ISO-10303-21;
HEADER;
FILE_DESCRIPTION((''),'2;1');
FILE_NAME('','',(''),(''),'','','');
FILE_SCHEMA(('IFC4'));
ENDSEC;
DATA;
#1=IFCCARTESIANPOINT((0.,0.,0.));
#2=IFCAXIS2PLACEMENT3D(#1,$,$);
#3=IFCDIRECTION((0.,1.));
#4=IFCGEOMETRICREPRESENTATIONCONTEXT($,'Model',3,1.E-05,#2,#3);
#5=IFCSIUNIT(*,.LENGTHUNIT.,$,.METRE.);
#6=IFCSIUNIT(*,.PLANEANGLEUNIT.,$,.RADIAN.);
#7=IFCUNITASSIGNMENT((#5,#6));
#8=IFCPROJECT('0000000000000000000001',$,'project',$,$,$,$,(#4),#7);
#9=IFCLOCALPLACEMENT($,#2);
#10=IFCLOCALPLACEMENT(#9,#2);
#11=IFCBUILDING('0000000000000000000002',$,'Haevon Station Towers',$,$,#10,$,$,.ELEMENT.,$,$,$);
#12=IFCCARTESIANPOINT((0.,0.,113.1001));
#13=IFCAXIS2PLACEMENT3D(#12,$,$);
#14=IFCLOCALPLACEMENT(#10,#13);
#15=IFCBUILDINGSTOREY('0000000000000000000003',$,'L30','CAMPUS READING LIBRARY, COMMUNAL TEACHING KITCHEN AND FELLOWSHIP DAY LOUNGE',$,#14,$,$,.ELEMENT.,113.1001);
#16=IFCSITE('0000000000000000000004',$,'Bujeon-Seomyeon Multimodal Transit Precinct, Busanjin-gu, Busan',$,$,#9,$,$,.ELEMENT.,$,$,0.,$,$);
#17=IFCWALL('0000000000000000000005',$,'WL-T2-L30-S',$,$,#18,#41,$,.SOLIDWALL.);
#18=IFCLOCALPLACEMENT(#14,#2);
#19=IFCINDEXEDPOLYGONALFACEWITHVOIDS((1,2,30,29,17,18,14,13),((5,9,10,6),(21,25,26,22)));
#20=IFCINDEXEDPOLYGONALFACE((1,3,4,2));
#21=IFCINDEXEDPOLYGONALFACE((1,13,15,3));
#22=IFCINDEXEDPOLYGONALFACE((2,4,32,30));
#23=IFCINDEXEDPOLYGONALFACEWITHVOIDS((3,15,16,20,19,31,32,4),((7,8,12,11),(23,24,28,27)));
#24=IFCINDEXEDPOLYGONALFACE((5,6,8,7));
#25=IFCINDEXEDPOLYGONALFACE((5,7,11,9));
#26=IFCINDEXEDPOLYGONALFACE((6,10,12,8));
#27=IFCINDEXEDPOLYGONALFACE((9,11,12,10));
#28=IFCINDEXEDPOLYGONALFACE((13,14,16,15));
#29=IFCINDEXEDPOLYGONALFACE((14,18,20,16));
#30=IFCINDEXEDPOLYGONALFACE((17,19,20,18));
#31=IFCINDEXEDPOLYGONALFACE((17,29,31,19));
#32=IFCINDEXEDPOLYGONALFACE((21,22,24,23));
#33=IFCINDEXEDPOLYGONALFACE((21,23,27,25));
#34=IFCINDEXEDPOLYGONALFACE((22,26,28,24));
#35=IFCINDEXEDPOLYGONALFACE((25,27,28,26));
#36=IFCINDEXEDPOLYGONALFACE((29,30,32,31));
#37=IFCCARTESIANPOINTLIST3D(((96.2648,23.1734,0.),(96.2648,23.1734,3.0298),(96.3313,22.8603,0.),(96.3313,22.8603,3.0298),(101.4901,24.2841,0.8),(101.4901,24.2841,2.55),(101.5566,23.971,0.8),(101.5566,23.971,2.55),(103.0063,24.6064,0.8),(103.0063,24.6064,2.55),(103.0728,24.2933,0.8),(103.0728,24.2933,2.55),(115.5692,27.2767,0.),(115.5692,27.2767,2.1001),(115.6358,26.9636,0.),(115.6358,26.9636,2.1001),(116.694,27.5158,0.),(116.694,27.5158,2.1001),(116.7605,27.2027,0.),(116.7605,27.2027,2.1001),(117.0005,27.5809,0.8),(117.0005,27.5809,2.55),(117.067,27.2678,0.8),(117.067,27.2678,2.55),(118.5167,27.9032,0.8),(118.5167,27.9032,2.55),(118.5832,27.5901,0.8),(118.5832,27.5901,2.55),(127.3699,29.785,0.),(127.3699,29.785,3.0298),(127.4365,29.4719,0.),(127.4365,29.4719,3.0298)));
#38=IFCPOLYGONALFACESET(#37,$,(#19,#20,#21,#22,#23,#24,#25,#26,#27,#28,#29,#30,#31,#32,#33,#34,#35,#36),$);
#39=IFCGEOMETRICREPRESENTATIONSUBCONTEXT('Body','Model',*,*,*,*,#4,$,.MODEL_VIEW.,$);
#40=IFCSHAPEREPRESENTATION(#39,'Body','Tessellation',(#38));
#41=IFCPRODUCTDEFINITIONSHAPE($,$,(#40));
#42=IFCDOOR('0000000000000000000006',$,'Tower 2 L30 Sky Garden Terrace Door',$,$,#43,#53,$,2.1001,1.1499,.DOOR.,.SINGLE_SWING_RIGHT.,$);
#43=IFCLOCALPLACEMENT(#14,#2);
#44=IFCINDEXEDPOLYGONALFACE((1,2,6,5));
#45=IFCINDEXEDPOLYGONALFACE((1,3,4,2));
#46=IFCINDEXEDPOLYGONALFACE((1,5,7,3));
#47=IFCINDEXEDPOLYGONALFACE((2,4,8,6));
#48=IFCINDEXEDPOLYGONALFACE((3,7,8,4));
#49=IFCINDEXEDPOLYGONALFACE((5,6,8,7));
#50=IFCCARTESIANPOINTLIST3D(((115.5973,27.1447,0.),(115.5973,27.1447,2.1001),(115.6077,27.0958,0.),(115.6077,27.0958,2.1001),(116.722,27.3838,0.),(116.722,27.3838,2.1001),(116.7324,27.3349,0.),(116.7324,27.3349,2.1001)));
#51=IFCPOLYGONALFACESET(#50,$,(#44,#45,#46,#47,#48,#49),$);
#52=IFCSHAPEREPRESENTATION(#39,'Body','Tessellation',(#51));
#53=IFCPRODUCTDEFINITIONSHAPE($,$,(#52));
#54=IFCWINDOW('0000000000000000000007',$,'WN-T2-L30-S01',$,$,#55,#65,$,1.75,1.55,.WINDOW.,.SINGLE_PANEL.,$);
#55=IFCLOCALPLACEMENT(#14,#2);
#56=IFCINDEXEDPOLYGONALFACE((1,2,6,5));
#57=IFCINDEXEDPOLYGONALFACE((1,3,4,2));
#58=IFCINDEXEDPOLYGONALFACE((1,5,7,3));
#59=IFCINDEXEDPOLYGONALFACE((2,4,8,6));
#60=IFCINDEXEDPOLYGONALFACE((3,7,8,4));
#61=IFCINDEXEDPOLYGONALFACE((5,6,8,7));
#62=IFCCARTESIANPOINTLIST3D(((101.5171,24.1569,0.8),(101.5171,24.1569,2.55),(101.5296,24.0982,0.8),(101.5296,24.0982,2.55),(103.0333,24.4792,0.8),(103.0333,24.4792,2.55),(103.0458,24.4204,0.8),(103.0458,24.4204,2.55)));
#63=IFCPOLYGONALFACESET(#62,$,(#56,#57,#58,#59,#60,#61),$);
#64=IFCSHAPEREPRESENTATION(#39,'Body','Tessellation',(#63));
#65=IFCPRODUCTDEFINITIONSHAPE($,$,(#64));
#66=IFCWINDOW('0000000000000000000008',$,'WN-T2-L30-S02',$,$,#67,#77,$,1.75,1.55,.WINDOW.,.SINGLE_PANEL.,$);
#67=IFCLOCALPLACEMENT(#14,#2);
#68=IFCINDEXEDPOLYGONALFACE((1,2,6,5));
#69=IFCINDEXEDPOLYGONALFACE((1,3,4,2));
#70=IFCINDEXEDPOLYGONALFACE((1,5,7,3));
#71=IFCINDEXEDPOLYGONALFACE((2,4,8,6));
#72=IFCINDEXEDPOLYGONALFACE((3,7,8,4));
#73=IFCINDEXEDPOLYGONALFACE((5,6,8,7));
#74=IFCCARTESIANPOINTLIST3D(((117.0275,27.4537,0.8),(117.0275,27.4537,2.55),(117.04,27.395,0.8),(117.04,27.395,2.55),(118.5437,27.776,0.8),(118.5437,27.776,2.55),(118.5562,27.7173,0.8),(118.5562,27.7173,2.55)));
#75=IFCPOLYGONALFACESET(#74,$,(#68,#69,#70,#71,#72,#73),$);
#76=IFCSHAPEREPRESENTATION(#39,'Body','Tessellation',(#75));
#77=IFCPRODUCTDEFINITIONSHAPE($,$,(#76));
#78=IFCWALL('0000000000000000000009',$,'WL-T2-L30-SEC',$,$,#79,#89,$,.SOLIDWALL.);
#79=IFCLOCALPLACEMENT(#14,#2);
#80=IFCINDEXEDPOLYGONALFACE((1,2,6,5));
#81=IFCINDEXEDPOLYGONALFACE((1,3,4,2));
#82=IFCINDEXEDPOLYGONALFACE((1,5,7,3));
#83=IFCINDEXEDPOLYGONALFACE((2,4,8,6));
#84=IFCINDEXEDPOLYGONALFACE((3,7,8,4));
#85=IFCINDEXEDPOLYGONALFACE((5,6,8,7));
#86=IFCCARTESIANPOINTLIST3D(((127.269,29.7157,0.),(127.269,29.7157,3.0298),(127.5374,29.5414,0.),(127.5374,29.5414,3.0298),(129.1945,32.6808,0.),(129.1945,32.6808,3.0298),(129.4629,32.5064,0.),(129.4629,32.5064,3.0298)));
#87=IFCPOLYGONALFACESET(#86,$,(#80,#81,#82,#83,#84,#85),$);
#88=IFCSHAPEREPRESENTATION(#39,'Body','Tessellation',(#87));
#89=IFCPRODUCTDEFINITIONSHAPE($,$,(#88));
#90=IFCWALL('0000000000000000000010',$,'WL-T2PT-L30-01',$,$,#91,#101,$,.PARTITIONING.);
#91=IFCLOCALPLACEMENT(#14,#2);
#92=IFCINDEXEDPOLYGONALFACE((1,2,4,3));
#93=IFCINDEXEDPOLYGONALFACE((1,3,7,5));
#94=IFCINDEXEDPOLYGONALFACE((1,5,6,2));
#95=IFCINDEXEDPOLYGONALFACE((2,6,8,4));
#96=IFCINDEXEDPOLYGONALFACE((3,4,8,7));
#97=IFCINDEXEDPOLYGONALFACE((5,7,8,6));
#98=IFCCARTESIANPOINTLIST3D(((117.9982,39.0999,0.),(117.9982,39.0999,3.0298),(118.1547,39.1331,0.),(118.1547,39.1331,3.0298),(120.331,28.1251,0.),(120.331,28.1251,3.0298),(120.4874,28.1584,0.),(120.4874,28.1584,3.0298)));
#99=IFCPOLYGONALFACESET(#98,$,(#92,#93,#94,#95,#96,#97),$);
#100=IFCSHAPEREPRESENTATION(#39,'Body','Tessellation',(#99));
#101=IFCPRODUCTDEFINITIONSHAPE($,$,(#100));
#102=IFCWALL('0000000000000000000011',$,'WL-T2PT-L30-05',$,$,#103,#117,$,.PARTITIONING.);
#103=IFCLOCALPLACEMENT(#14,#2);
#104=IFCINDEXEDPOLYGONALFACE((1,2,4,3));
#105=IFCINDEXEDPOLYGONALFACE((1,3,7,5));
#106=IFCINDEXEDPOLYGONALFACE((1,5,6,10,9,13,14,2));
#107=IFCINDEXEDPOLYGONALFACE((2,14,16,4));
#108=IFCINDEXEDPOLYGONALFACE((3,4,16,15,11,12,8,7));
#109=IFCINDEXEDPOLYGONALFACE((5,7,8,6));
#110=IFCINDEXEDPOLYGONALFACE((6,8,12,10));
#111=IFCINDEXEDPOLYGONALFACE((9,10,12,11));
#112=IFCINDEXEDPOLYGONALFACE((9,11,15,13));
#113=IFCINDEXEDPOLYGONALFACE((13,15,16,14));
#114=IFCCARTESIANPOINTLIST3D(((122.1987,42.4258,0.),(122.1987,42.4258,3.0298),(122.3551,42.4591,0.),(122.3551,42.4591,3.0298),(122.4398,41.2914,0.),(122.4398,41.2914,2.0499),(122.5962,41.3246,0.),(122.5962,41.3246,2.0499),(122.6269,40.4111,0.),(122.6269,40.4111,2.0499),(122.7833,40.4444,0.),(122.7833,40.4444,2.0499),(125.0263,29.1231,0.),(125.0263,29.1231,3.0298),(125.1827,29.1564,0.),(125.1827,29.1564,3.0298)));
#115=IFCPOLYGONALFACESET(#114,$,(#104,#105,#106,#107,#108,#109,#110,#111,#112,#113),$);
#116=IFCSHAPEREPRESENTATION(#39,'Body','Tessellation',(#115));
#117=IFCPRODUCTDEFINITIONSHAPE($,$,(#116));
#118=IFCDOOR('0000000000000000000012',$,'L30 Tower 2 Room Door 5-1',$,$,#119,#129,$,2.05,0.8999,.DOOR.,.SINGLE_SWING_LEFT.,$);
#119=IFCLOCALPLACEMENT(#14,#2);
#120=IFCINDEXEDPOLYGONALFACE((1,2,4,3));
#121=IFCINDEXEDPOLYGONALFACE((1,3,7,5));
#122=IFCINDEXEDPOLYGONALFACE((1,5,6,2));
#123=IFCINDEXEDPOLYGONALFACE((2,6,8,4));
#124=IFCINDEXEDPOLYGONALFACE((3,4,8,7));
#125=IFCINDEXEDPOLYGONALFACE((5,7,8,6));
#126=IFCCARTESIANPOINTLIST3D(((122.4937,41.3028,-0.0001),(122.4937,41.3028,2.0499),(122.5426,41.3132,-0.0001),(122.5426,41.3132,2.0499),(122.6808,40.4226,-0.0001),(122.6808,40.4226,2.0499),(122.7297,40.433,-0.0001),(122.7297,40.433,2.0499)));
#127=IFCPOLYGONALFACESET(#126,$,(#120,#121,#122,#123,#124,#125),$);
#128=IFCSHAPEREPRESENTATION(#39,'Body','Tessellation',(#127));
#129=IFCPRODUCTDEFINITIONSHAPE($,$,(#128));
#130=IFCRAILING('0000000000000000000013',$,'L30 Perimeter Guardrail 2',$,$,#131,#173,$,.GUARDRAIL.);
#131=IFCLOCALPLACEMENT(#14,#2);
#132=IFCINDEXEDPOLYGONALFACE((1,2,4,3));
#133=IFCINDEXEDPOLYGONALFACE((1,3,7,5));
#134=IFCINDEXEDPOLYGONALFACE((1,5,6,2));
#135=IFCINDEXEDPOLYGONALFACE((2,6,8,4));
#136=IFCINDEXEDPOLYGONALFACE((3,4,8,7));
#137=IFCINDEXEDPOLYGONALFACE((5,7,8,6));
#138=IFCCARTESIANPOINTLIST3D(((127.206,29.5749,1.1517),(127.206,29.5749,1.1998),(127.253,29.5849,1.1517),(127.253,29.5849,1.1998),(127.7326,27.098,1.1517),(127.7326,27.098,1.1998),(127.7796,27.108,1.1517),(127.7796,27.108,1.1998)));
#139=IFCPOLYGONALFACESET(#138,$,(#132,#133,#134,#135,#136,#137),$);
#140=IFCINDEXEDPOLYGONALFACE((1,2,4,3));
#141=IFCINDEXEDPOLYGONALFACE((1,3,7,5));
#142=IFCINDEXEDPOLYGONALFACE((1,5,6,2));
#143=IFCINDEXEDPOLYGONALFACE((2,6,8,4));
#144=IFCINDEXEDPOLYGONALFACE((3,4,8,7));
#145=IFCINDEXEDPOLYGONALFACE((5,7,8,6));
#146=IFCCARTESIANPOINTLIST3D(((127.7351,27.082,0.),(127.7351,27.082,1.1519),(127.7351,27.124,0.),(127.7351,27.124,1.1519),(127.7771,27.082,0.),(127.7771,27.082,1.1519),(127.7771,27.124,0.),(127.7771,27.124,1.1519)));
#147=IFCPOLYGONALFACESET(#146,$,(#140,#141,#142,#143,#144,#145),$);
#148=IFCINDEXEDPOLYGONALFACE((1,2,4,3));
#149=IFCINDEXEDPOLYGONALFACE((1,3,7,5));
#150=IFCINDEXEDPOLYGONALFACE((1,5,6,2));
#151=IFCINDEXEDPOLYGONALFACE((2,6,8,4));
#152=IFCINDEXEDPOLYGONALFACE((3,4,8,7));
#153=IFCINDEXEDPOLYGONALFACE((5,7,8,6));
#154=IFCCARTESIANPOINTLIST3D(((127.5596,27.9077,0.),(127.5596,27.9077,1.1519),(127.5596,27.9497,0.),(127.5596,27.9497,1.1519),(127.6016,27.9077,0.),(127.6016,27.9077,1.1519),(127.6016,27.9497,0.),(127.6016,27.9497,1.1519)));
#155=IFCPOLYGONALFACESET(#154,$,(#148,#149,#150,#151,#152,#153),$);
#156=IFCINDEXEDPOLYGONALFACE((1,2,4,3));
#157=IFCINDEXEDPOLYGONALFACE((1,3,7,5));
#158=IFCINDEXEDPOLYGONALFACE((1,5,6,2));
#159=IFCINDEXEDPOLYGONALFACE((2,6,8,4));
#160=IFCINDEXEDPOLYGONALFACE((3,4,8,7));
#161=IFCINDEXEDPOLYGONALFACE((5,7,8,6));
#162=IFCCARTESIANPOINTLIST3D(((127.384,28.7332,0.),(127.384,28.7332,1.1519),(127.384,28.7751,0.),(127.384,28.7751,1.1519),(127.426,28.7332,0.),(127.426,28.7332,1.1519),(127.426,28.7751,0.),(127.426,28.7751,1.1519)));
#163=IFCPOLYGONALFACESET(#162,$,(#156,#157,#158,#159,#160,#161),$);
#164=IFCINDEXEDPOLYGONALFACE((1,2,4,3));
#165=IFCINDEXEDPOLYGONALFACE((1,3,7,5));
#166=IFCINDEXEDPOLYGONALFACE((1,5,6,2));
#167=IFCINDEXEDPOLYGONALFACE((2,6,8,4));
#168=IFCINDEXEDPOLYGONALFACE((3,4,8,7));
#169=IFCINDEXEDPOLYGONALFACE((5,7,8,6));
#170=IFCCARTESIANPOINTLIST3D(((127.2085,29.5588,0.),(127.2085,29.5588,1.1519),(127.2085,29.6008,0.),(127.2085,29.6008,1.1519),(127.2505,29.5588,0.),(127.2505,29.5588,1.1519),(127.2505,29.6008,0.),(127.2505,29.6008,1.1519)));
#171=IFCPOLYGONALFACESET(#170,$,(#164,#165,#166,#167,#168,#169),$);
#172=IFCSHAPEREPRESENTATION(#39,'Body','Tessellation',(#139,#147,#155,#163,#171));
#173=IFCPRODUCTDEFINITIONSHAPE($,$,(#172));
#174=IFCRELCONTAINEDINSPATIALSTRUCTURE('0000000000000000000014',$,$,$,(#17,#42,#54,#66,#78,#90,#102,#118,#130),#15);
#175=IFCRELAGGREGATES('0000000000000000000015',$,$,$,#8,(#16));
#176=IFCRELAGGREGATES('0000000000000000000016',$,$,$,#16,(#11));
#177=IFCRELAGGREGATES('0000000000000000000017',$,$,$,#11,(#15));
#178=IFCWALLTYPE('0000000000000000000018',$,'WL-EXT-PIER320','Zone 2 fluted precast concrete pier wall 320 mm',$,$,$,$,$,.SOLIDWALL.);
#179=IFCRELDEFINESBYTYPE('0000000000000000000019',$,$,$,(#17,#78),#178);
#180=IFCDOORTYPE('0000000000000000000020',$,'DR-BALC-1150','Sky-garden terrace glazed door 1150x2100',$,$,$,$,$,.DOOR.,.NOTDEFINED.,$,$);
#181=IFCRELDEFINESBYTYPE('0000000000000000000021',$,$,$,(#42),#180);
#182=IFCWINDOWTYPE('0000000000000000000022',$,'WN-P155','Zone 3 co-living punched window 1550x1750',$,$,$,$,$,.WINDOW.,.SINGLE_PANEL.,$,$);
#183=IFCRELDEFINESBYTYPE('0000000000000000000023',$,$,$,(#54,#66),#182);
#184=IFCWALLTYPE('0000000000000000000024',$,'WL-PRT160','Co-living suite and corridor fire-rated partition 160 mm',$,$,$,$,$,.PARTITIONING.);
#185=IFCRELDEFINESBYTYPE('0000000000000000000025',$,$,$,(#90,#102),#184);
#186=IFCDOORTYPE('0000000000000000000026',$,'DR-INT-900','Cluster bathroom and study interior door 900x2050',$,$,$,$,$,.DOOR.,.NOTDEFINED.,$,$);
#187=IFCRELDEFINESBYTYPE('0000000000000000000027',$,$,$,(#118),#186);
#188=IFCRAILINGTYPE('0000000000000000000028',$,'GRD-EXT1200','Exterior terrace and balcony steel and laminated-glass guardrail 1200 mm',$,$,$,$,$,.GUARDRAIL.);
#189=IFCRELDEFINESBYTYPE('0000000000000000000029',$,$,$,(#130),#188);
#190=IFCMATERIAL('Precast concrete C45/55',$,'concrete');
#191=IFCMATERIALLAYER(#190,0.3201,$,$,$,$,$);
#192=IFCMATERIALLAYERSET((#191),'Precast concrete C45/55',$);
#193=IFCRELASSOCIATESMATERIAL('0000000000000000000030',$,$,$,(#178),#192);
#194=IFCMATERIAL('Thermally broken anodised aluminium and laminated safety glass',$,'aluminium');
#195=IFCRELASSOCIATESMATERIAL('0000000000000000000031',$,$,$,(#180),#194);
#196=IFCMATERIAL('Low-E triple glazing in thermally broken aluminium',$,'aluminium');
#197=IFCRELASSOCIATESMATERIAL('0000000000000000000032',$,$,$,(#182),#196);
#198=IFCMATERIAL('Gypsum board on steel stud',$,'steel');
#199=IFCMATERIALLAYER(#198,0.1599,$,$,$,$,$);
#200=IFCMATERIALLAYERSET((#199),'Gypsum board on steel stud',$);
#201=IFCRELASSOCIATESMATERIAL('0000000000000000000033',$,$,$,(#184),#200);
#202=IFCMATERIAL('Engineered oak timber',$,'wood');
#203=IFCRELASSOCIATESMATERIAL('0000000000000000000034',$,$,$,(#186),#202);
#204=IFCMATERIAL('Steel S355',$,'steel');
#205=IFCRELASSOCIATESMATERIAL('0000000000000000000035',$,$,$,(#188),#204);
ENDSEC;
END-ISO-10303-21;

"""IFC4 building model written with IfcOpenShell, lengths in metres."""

from ifc_helpers import new_model, si_unit, direction, frame, frame_2d, origin, origin_2d, place, context, subcontext, project, spatial, rectangle, extrude, material, layer, layer_set, type_object, element, fill, save


model = new_model("IFC4")

# Units and contexts
model_context = context("Model", 3, precision=1e-05, world=origin(), true_north=direction((0.0, 1.0)))
body_context = subcontext(model_context, "Body", "Model", "MODEL_VIEW")
ifc_project = project(units=[si_unit("LENGTHUNIT", "METRE"), si_unit("PLANEANGLEUNIT", "RADIAN")], contexts=[model_context])

# Site, building, storey
site_placement = place(None, origin())
site = spatial("IfcSite", under=ifc_project, at=site_placement, Name="Bujeon-Seomyeon Multimodal Transit Precinct, Busanjin-gu, Busan", CompositionType="ELEMENT", RefElevation=0.0)
building_placement = place(site_placement, origin())
building = spatial("IfcBuilding", under=site, at=building_placement, Name="Haevon Station Towers", CompositionType="ELEMENT")
storey_placement = place(building_placement, frame((0.0, 0.0, 113.1001)))
storey = spatial("IfcBuildingStorey", under=building, at=storey_placement, Name="L30", Description="CAMPUS READING LIBRARY, COMMUNAL TEACHING KITCHEN AND FELLOWSHIP DAY LOUNGE", CompositionType="ELEMENT", Elevation=113.1001)

# Shared definitions
ifc_material_1 = material(Name="Steel S355", Category="steel")

# Wall, openings, door, windows
ifc_material_2 = material(Name="Precast concrete C45/55", Category="concrete")
ifc_layer_1 = layer(ifc_material_2, 0.3201)
ifc_layer_set_1 = layer_set([ifc_layer_1], Name="Precast concrete C45/55")
wall_type_1 = type_object("IfcWallType", Name="WL-EXT-PIER320", Description="Zone 2 fluted precast concrete pier wall 320 mm", PredefinedType="SOLIDWALL", material=ifc_layer_set_1)
wall_1_placement = place(storey_placement, frame((127.4031, 29.6284, 0.0), z_axis=(0.0, 0.0, 1.0), x_axis=(-0.978148, -0.20791, 0.0)))
wall_1 = element("IfcWall", 1, at=wall_1_placement, inside=storey, type_object=wall_type_1, Name="WL-T2-L30-S", PredefinedType="SOLIDWALL", context=body_context, shape_type="SweptSolid", body=[
    extrude(rectangle(XDim=31.8, YDim=0.3201, at=frame_2d((15.8999, 0.0))), origin(), (0.0, 0.0, 1.0), 3.0298),
])
opening_1_placement = place(wall_1_placement, frame((10.9143, 0.0, 0.0)))
opening_1 = element("IfcOpeningElement", 2, at=opening_1_placement, cuts=wall_1, PredefinedType="OPENING", context=body_context, shape_type="SweptSolid", body=[
    extrude(rectangle(XDim=1.1499, YDim=2.1001, at=frame_2d((0.575, 1.05))), frame((0.0, 0.1699, 0.0), z_axis=(0.0, -1.0, 0.0), x_axis=(1.0, 0.0, 0.0)), (0.0, 0.0, 1.0), 0.3401),
])
opening_2_placement = place(wall_1_placement, frame((24.908, 0.0, 0.8)))
opening_2 = element("IfcOpeningElement", 3, at=opening_2_placement, cuts=wall_1, PredefinedType="OPENING", context=body_context, shape_type="SweptSolid", body=[
    extrude(rectangle(XDim=1.55, YDim=1.75, at=frame_2d((0.7749, 0.875))), frame((0.0, 0.1699, 0.0), z_axis=(0.0, -1.0, 0.0), x_axis=(1.0, 0.0, 0.0)), (0.0, 0.0, 1.0), 0.3401),
])
opening_3_placement = place(wall_1_placement, frame((9.051, 0.0, 0.8)))
opening_3 = element("IfcOpeningElement", 4, at=opening_3_placement, cuts=wall_1, PredefinedType="OPENING", context=body_context, shape_type="SweptSolid", body=[
    extrude(rectangle(XDim=1.55, YDim=1.75, at=frame_2d((0.7749, 0.875))), frame((0.0, 0.1699, 0.0), z_axis=(0.0, -1.0, 0.0), x_axis=(1.0, 0.0, 0.0)), (0.0, 0.0, 1.0), 0.3401),
])
ifc_material_3 = material(Name="Thermally broken anodised aluminium and laminated safety glass", Category="aluminium")
door_type_1 = type_object("IfcDoorType", Name="DR-BALC-1150", Description="Sky-garden terrace glazed door 1150x2100", OperationType="NOTDEFINED", PredefinedType="DOOR", material=ifc_material_3)
door_1_placement = place(opening_1_placement, origin())
door_1 = element("IfcDoor", 5, at=door_1_placement, inside=storey, type_object=door_type_1, Name="Tower 2 L30 Sky Garden Terrace Door", OperationType="SINGLE_SWING_RIGHT", OverallHeight=2.1001, OverallWidth=1.1499, PredefinedType="DOOR", context=body_context, shape_type="SweptSolid", body=[
    extrude(rectangle(XDim=1.1499, YDim=2.1001, at=frame_2d((0.575, 1.05))), frame((0.0, 0.0249, 0.0), z_axis=(0.0, -1.0, 0.0), x_axis=(1.0, 0.0, 0.0)), (0.0, 0.0, 1.0), 0.05),
])
fill(opening_1, door_1)
ifc_material_4 = material(Name="Low-E triple glazing in thermally broken aluminium", Category="aluminium")
window_type = type_object("IfcWindowType", Name="WN-P155", Description="Zone 3 co-living punched window 1550x1750", PartitioningType="SINGLE_PANEL", PredefinedType="WINDOW", material=ifc_material_4)
window_1_placement = place(opening_2_placement, origin())
window_1 = element("IfcWindow", 6, at=window_1_placement, inside=storey, type_object=window_type, Name="WN-T2-L30-S01", OverallHeight=1.75, OverallWidth=1.55, PartitioningType="SINGLE_PANEL", PredefinedType="WINDOW", context=body_context, shape_type="SweptSolid", body=[
    extrude(rectangle(XDim=1.55, YDim=1.75, at=frame_2d((0.7749, 0.875))), frame((0.0, 0.03, 0.0), z_axis=(0.0, -1.0, 0.0), x_axis=(1.0, 0.0, 0.0)), (0.0, 0.0, 1.0), 0.0601),
])
fill(opening_2, window_1)
window_2_placement = place(opening_3_placement, origin())
window_2 = element("IfcWindow", 7, at=window_2_placement, inside=storey, type_object=window_type, Name="WN-T2-L30-S02", OverallHeight=1.75, OverallWidth=1.55, PartitioningType="SINGLE_PANEL", PredefinedType="WINDOW", context=body_context, shape_type="SweptSolid", body=[
    extrude(rectangle(XDim=1.55, YDim=1.75, at=frame_2d((0.7749, 0.875))), frame((0.0, 0.03, 0.0), z_axis=(0.0, -1.0, 0.0), x_axis=(1.0, 0.0, 0.0)), (0.0, 0.0, 1.0), 0.0601),
])
fill(opening_3, window_2)

# Walls
wall_2_placement = place(storey_placement, frame((129.3286, 32.5935, 0.0), z_axis=(0.0, 0.0, 1.0), x_axis=(-0.544636, -0.838672, 0.0)))
element("IfcWall", 8, at=wall_2_placement, inside=storey, type_object=wall_type_1, Name="WL-T2-L30-SEC", PredefinedType="SOLIDWALL", context=body_context, shape_type="SweptSolid", body=[
    extrude(rectangle(XDim=3.5354, YDim=0.3201, at=frame_2d((1.7676, 0.0))), origin(), (0.0, 0.0, 1.0), 3.0298),
])
ifc_material_5 = material(Name="Gypsum board on steel stud", Category="steel")
ifc_layer_2 = layer(ifc_material_5, 0.1599)
ifc_layer_set_2 = layer_set([ifc_layer_2], Name="Gypsum board on steel stud")
wall_type_2 = type_object("IfcWallType", Name="WL-PRT160", Description="Co-living suite and corridor fire-rated partition 160 mm", PredefinedType="PARTITIONING", material=ifc_layer_set_2)
wall_3_placement = place(storey_placement, frame((120.4092, 28.1418, 0.0), z_axis=(0.0, 0.0, 1.0), x_axis=(-0.207911, 0.978148, 0.0)))
element("IfcWall", 9, at=wall_3_placement, inside=storey, type_object=wall_type_2, Name="WL-T2PT-L30-01", PredefinedType="PARTITIONING", context=body_context, shape_type="SweptSolid", body=[
    extrude(rectangle(XDim=11.22, YDim=0.1599, at=frame_2d((5.6099, 0.0))), origin(), (0.0, 0.0, 1.0), 3.0298),
])

# Wall, opening, door
wall_4_placement = place(storey_placement, frame((125.1045, 29.1399, 0.0), z_axis=(0.0, 0.0, 1.0), x_axis=(-0.207915, 0.978147, 0.0)))
wall_4 = element("IfcWall", 10, at=wall_4_placement, inside=storey, type_object=wall_type_2, Name="WL-T2PT-L30-05", PredefinedType="PARTITIONING", context=body_context, shape_type="SweptSolid", body=[
    extrude(rectangle(XDim=13.5999, YDim=0.1599, at=frame_2d((6.7998, 0.0))), origin(), (0.0, 0.0, 1.0), 3.0298),
])
opening_4_placement = place(wall_4_placement, frame((11.54, 0.0, 0.0)))
opening_4 = element("IfcOpeningElement", 11, at=opening_4_placement, cuts=wall_4, PredefinedType="OPENING", context=body_context, shape_type="SweptSolid", body=[
    extrude(rectangle(XDim=0.8999, YDim=2.05, at=frame_2d((0.45, 1.0249))), frame((0.0, 0.0898, 0.0), z_axis=(0.0, -1.0, 0.0), x_axis=(1.0, 0.0, 0.0)), (0.0, 0.0, 1.0), 0.1799),
])
ifc_material_6 = material(Name="Engineered oak timber", Category="wood")
door_type_2 = type_object("IfcDoorType", Name="DR-INT-900", Description="Cluster bathroom and study interior door 900x2050", OperationType="NOTDEFINED", PredefinedType="DOOR", material=ifc_material_6)
door_2_placement = place(opening_4_placement, origin())
door_2 = element("IfcDoor", 12, at=door_2_placement, inside=storey, type_object=door_type_2, Name="L30 Tower 2 Room Door 5-1", OperationType="SINGLE_SWING_LEFT", OverallHeight=2.05, OverallWidth=0.8999, PredefinedType="DOOR", context=body_context, shape_type="SweptSolid", body=[
    extrude(rectangle(XDim=0.8999, YDim=2.05, at=frame_2d((0.45, 1.0249))), frame((0.0, 0.0249, 0.0), z_axis=(0.0, -1.0, 0.0), x_axis=(1.0, 0.0, 0.0)), (0.0, 0.0, 1.0), 0.05),
])
fill(opening_4, door_2)

# Railing
railing_type = type_object("IfcRailingType", Name="GRD-EXT1200", Description="Exterior terrace and balcony steel and laminated-glass guardrail 1200 mm", PredefinedType="GUARDRAIL", material=ifc_material_1)
railing_1_placement = place(storey_placement, frame((127.7561, 27.103, 0.0)))
element("IfcRailing", 13, at=railing_1_placement, inside=storey, type_object=railing_type, Name="L30 Perimeter Guardrail 2", PredefinedType="GUARDRAIL", context=body_context, shape_type="SweptSolid", body=[
    extrude(rectangle(XDim=0.0481, YDim=0.0481, at=origin_2d()), frame((0.0, 0.0, 1.1758), z_axis=(-0.207968, 0.978136, 0.0), x_axis=(-0.978136, -0.207968, 0.0)), (0.0, 0.0, 1.0), 2.5322),
    extrude(rectangle(XDim=0.042, YDim=0.042, at=origin_2d()), origin(), (0.0, 0.0, 1.0), 1.1519),
    extrude(rectangle(XDim=0.042, YDim=0.042, at=origin_2d()), frame((-0.1755, 0.8257, 0.0)), (0.0, 0.0, 1.0), 1.1519),
    extrude(rectangle(XDim=0.042, YDim=0.042, at=origin_2d()), frame((-0.3511, 1.6511, 0.0)), (0.0, 0.0, 1.0), 1.1519),
    extrude(rectangle(XDim=0.042, YDim=0.042, at=origin_2d()), frame((-0.5266, 2.4768, 0.0)), (0.0, 0.0, 1.0), 1.1519),
])

save(model, "model.ifc")
